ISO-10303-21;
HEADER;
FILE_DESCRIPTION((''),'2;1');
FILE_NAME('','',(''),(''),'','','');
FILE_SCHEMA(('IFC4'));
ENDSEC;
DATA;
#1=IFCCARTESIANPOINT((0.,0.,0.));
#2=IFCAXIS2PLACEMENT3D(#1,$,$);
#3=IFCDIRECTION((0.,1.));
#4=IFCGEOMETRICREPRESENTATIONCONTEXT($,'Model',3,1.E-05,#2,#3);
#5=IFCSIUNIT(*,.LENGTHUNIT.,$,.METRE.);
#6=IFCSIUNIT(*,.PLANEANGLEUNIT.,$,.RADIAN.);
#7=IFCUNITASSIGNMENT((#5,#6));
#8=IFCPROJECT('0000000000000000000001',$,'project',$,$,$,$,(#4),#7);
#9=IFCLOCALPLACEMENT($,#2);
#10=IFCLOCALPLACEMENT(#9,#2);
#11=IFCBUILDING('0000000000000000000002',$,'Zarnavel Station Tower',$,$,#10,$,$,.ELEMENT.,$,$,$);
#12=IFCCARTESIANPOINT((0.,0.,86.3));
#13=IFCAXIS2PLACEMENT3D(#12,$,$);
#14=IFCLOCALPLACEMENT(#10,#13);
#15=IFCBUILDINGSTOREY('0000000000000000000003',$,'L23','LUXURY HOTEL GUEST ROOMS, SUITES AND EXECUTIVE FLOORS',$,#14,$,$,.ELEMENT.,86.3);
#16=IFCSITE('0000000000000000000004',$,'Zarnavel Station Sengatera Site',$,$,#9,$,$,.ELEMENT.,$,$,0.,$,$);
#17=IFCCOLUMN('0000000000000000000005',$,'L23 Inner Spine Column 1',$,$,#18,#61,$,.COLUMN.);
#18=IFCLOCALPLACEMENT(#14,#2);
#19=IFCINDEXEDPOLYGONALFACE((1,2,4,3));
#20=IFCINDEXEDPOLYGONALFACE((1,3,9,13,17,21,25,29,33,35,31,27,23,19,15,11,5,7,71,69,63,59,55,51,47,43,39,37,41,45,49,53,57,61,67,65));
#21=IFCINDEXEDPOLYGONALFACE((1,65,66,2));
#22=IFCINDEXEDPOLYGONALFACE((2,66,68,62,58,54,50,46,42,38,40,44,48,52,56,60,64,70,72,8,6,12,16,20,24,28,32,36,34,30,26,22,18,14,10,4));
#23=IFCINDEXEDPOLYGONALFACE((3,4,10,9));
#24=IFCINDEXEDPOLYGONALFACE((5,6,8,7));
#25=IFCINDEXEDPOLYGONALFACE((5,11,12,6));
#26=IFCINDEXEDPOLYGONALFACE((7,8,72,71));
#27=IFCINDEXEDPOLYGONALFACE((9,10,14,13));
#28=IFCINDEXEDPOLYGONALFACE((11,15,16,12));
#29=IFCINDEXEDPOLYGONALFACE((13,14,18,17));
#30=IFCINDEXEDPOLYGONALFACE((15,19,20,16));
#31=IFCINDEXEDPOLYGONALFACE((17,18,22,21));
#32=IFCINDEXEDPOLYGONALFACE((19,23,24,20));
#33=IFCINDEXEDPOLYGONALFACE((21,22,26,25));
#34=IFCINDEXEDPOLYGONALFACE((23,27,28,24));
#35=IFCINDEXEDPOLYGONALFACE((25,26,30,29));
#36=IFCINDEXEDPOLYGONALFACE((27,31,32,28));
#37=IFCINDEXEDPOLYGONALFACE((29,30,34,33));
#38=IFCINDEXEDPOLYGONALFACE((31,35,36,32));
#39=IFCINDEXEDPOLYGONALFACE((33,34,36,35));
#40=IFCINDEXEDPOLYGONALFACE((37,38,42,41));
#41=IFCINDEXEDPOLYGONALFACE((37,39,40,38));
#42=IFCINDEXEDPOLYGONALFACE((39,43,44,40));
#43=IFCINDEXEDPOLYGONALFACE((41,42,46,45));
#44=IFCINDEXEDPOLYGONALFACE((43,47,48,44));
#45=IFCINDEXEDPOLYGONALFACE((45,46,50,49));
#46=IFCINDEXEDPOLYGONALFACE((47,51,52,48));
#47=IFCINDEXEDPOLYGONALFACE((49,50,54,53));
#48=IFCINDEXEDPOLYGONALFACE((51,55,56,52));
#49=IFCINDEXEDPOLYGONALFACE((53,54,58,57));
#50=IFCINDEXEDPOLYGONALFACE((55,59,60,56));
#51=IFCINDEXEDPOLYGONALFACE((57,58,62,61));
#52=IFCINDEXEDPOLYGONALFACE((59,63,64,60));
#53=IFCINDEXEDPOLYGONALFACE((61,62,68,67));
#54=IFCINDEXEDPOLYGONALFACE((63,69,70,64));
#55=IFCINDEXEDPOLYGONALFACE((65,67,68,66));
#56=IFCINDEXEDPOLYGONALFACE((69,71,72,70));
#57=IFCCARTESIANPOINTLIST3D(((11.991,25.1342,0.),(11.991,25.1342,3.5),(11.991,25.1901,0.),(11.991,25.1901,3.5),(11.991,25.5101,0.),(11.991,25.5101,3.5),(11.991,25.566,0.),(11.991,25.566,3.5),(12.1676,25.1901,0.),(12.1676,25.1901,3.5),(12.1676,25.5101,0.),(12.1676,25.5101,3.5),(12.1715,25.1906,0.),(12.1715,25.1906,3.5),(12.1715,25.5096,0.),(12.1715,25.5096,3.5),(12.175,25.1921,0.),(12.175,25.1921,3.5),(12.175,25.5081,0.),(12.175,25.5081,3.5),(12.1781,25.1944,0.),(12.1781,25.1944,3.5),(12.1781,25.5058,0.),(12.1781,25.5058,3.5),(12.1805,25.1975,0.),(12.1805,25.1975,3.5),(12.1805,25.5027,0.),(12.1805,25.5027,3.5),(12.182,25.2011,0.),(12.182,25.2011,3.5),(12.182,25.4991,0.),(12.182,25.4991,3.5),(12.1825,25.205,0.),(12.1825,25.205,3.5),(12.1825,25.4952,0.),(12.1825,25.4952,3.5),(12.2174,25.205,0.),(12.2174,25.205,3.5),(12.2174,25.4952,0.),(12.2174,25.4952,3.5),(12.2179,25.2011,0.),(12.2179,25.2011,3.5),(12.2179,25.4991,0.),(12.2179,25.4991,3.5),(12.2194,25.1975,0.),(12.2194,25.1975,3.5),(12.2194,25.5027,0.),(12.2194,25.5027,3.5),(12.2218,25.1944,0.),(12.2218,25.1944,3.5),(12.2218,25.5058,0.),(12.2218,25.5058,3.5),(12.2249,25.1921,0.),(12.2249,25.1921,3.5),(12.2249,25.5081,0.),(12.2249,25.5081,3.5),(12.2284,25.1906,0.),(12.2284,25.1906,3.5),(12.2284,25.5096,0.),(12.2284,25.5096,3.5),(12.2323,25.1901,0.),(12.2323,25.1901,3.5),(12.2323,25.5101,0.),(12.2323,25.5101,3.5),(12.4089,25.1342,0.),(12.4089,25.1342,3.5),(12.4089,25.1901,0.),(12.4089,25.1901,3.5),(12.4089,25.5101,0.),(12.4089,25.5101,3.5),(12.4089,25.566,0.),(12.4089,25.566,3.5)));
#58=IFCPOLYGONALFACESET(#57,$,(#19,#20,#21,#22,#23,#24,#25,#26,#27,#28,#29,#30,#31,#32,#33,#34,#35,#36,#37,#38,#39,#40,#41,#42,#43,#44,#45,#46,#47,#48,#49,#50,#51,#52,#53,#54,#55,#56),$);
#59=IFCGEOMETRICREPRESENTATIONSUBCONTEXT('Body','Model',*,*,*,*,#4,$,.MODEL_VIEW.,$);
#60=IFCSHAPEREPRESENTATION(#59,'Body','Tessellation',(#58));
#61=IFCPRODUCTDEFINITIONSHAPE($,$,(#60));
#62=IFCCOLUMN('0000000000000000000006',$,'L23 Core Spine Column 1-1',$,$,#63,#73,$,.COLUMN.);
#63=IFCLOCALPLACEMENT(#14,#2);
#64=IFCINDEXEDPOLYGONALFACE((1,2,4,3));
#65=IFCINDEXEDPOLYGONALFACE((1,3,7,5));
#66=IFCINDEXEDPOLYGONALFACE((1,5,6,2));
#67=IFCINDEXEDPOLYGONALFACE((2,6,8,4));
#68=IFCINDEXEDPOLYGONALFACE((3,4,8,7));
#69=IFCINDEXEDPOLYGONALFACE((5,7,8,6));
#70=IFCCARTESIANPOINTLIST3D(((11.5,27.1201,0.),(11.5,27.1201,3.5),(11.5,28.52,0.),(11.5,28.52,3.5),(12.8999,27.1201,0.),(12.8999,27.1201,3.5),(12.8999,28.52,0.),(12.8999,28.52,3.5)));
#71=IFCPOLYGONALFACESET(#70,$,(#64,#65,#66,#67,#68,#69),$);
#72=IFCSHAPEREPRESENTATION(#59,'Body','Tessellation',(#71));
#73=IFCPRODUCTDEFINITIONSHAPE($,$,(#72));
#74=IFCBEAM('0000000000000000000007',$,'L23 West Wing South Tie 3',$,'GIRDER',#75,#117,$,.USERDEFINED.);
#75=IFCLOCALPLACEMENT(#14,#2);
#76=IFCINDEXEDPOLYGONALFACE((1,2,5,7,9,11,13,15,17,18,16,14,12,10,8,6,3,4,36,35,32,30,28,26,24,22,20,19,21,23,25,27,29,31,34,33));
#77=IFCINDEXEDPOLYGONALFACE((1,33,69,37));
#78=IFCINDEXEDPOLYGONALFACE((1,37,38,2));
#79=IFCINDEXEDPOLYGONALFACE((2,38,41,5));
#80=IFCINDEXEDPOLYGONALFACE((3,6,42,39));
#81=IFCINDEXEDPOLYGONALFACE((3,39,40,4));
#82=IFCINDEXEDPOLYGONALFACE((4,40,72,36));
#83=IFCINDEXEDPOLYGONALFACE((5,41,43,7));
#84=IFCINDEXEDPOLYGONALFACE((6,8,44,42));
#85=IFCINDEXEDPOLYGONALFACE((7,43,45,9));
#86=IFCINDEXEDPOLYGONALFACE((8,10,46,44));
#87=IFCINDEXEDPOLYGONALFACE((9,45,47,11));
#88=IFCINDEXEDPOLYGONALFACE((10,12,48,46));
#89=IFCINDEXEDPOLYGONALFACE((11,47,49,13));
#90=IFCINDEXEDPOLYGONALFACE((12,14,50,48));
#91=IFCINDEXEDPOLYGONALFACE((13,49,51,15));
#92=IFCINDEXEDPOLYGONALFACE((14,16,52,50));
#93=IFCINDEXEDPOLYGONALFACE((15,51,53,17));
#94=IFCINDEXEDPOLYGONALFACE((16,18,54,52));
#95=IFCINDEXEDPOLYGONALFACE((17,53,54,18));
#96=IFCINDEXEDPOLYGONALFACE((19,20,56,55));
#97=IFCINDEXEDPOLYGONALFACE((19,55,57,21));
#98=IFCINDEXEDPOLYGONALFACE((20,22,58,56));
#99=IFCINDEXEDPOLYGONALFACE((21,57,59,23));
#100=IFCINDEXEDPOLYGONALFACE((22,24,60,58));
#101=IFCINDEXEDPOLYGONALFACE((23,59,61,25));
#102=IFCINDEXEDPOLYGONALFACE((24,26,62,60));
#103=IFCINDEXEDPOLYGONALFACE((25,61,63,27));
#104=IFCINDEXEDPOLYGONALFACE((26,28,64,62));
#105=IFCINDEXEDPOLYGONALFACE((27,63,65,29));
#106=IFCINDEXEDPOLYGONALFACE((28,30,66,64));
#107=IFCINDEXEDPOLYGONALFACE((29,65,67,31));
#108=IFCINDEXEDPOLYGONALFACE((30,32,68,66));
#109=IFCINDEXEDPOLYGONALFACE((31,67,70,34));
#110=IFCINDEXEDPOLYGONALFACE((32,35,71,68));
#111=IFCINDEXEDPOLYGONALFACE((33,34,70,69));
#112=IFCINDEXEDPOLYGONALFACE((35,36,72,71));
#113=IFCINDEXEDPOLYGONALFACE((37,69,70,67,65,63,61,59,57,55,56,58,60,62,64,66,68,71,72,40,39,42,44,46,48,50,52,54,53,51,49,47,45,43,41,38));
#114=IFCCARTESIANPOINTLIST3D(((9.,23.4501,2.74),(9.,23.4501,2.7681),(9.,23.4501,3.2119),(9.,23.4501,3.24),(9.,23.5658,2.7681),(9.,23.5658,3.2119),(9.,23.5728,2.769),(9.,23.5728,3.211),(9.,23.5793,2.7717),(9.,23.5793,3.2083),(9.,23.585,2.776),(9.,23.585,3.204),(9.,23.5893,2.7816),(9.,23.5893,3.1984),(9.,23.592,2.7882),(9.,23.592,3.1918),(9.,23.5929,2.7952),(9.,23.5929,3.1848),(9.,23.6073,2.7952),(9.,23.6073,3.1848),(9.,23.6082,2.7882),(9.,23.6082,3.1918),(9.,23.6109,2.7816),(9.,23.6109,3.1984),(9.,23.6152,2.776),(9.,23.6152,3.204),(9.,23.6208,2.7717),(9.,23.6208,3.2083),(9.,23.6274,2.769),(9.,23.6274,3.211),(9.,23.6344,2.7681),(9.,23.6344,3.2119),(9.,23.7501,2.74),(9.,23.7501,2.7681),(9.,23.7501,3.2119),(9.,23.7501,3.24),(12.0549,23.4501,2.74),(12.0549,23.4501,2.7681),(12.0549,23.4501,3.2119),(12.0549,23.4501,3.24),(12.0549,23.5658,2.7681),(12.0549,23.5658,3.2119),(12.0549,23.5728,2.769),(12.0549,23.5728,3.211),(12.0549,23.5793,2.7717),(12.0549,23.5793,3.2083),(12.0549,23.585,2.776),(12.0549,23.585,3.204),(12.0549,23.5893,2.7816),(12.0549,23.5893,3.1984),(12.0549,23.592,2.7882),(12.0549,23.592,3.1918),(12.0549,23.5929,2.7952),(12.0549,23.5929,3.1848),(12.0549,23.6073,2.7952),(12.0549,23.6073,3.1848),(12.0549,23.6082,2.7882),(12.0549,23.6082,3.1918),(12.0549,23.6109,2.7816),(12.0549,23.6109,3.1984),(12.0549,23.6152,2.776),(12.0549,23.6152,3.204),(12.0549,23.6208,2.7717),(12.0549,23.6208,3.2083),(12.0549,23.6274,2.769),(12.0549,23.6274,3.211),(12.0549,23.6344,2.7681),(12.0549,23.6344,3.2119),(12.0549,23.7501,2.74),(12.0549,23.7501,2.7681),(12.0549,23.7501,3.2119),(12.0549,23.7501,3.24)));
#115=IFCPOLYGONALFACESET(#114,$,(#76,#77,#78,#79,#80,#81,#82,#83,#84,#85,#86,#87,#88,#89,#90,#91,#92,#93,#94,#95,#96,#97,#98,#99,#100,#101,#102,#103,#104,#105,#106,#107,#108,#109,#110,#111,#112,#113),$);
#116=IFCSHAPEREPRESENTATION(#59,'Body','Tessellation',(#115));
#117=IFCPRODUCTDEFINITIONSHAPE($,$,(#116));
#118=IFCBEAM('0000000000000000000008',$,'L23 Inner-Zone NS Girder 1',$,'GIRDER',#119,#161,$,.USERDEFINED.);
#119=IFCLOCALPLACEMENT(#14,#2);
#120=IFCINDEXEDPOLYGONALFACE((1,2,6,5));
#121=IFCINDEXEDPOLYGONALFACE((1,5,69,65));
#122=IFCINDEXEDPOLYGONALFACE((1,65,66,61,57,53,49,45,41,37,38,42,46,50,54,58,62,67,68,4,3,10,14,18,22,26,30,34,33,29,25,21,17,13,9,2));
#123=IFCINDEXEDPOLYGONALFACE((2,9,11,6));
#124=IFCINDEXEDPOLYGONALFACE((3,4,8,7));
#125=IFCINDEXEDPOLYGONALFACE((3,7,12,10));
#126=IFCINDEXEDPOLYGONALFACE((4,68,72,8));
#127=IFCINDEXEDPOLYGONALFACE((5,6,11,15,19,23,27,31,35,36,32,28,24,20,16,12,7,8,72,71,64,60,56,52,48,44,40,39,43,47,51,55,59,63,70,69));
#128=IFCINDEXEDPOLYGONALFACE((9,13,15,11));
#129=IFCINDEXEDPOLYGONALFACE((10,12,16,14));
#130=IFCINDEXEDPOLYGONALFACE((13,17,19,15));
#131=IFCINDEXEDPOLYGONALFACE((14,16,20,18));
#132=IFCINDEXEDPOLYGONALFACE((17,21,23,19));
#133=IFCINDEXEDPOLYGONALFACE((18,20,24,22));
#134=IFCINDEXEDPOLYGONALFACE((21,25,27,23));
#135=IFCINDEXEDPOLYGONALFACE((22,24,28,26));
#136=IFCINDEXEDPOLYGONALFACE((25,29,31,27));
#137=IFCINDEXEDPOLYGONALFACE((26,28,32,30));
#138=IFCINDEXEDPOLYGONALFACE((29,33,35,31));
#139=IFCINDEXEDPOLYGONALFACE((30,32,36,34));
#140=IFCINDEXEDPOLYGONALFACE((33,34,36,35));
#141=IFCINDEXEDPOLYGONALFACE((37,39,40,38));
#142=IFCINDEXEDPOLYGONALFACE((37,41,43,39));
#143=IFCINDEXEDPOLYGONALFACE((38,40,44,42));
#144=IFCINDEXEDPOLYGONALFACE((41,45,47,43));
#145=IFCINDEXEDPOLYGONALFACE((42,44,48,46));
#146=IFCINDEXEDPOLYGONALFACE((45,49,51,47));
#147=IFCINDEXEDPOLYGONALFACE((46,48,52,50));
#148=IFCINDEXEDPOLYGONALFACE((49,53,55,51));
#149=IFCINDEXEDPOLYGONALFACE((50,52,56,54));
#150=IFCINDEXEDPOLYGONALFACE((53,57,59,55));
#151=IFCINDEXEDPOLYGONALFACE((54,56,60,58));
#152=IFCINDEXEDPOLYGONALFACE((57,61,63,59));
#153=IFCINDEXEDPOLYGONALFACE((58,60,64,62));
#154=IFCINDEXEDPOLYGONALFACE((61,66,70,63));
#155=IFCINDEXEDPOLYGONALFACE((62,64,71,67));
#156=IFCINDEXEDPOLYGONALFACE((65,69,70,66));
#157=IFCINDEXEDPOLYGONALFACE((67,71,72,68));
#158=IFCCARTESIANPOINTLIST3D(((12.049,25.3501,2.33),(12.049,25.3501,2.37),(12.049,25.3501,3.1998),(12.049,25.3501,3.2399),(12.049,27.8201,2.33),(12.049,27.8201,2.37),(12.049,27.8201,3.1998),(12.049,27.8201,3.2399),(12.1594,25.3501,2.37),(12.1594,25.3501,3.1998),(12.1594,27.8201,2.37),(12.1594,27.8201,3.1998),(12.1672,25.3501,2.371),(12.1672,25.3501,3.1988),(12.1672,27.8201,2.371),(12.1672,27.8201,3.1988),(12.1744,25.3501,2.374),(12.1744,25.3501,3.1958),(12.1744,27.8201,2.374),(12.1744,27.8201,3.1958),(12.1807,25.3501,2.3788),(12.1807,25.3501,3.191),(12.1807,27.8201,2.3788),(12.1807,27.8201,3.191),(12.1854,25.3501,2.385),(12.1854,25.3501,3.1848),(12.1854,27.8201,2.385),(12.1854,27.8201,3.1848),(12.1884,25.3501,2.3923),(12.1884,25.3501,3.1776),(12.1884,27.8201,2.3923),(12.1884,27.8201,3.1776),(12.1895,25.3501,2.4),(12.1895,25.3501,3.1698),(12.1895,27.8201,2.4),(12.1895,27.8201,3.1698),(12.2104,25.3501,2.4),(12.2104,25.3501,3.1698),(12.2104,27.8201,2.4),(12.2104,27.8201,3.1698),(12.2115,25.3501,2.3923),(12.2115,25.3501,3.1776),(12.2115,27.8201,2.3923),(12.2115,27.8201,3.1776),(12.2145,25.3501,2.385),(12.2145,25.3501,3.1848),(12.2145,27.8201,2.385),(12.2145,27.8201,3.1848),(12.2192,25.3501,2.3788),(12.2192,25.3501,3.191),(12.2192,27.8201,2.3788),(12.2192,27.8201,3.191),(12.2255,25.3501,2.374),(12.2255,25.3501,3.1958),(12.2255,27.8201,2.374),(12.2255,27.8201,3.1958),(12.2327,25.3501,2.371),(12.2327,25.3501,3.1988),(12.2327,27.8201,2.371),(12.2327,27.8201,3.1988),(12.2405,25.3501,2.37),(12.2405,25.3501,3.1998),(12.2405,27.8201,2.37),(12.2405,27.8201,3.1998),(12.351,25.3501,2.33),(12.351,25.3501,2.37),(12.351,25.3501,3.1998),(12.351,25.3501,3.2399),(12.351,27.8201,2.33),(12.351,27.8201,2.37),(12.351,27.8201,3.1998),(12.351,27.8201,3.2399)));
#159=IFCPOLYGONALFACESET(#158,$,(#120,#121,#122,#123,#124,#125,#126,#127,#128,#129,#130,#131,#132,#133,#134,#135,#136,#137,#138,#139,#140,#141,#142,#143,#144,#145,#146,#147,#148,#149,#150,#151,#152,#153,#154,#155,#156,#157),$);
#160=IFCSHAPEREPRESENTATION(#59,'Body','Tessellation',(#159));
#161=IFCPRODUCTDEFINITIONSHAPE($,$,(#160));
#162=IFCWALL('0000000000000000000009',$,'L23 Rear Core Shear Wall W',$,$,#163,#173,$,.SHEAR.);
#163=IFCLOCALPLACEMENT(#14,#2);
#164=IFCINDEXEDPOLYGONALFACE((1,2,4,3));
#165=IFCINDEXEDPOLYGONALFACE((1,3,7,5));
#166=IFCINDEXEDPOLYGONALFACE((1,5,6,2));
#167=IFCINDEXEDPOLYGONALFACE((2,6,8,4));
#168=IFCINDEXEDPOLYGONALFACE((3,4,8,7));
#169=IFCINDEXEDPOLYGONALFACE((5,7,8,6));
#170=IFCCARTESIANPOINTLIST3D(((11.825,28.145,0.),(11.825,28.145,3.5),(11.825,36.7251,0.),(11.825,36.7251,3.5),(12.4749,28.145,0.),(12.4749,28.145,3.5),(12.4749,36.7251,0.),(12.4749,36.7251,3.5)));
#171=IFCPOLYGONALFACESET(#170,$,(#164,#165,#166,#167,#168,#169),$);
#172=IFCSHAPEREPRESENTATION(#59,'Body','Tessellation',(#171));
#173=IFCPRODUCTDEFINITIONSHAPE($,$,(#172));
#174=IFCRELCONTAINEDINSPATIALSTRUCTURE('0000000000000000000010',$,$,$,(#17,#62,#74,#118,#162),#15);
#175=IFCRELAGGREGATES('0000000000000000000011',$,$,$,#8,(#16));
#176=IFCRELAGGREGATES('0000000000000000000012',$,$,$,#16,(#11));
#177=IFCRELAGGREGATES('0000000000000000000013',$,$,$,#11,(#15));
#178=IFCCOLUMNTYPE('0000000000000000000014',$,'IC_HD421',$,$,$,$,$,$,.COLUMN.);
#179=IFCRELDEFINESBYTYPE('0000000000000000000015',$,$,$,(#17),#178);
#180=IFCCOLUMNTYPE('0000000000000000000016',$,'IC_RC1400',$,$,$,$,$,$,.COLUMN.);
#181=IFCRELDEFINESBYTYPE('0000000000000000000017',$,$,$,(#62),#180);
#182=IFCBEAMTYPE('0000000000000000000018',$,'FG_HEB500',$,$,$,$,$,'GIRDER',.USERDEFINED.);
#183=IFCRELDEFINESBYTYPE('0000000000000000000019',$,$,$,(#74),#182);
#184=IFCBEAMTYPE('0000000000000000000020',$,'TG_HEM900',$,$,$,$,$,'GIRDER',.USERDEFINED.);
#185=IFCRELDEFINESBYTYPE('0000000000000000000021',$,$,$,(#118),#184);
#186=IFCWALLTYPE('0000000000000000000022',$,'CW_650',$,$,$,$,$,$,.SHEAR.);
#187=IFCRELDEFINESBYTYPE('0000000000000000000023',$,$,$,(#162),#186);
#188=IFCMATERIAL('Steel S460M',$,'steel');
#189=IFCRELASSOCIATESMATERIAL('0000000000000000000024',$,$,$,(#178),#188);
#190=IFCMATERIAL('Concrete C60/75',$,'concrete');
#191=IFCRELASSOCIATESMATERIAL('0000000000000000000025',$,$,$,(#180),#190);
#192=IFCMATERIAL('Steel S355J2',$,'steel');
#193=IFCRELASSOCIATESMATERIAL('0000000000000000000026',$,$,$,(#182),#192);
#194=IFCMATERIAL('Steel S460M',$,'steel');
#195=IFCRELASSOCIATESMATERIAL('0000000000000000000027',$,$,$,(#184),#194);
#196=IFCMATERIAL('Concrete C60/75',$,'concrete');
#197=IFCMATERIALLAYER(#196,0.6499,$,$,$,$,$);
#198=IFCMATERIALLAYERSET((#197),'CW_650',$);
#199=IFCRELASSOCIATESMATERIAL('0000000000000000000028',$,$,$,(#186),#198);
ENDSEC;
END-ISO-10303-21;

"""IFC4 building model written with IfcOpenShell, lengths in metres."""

from ifc_helpers import new_model, si_unit, direction, frame, frame_2d, origin, origin_2d, place, context, subcontext, project, spatial, rectangle, i_section, extrude, material, layer, layer_set, material_profile, profile_set, type_object, element, save


model = new_model("IFC4")

# Units and contexts
model_context = context("Model", 3, precision=1e-05, world=origin(), true_north=direction((0.0, 1.0)))
body_context = subcontext(model_context, "Body", "Model", "MODEL_VIEW")
ifc_project = project(units=[si_unit("LENGTHUNIT", "METRE"), si_unit("PLANEANGLEUNIT", "RADIAN")], contexts=[model_context])

# Site, building, storey
site_placement = place(None, origin())
site = spatial("IfcSite", under=ifc_project, at=site_placement, Name="Zarnavel Station Sengatera Site", CompositionType="ELEMENT", RefElevation=0.0)
building_placement = place(site_placement, origin())
building = spatial("IfcBuilding", under=site, at=building_placement, Name="Zarnavel Station Tower", CompositionType="ELEMENT")
storey_placement = place(building_placement, frame((0.0, 0.0, 86.3)))
storey = spatial("IfcBuildingStorey", under=building, at=storey_placement, Name="L23", Description="LUXURY HOTEL GUEST ROOMS, SUITES AND EXECUTIVE FLOORS", CompositionType="ELEMENT", Elevation=86.3)

# Columns
ifc_material_1 = material(Name="Steel S460M", Category="steel")
ifc_material_profile_1 = material_profile(ifc_material_1, i_section(OverallWidth=0.418, OverallDepth=0.4319, WebThickness=0.0349, FlangeThickness=0.0559, FilletRadius=0.0149, at=origin_2d()), Name="HD400x421")
ifc_profile_set_1 = profile_set([ifc_material_profile_1], Name="Steel S460M")
column_type_1 = type_object("IfcColumnType", Name="IC_HD421", PredefinedType="COLUMN", material=ifc_profile_set_1)
column_1_placement = place(storey_placement, frame((12.2, 25.3501, 0.0), z_axis=(0.0, 0.0, 1.0), x_axis=(1.0, 0.0, 0.0)))
element("IfcColumn", 1, at=column_1_placement, inside=storey, type_object=column_type_1, Name="L23 Inner Spine Column 1", PredefinedType="COLUMN", context=body_context, shape_type="SweptSolid", body=[
    extrude(i_section(OverallWidth=0.418, OverallDepth=0.4319, WebThickness=0.0349, FlangeThickness=0.0559, FilletRadius=0.0149, at=origin_2d()), origin(), (0.0, 0.0, 1.0), 3.5),
])
ifc_material_2 = material(Name="Concrete C60/75", Category="concrete")
ifc_material_profile_2 = material_profile(ifc_material_2, rectangle(XDim=1.3999, YDim=1.3999, at=origin_2d()), Name="RC1400x1400")
ifc_profile_set_2 = profile_set([ifc_material_profile_2], Name="Concrete C60/75")
column_type_2 = type_object("IfcColumnType", Name="IC_RC1400", PredefinedType="COLUMN", material=ifc_profile_set_2)
column_2_placement = place(storey_placement, frame((12.2, 27.8201, 0.0), z_axis=(0.0, 0.0, 1.0), x_axis=(1.0, 0.0, 0.0)))
element("IfcColumn", 2, at=column_2_placement, inside=storey, type_object=column_type_2, Name="L23 Core Spine Column 1-1", PredefinedType="COLUMN", context=body_context, shape_type="SweptSolid", body=[
    extrude(rectangle(XDim=1.3999, YDim=1.3999, at=origin_2d()), origin(), (0.0, 0.0, 1.0), 3.5),
])

# Beams
ifc_material_3 = material(Name="Steel S355J2", Category="steel")
ifc_material_profile_3 = material_profile(ifc_material_3, i_section(OverallWidth=0.3, OverallDepth=0.5, WebThickness=0.0144, FlangeThickness=0.0281, FilletRadius=0.0271, at=origin_2d()), Name="HEB500")
ifc_profile_set_3 = profile_set([ifc_material_profile_3], Name="Steel S355J2")
beam_type_1 = type_object("IfcBeamType", Name="FG_HEB500", ElementType="GIRDER", PredefinedType="USERDEFINED", material=ifc_profile_set_3)
beam_1_placement = place(storey_placement, frame((9.0, 23.6001, 2.99), z_axis=(1.0, 0.0, 0.0), x_axis=(0.0, 1.0, 0.0)))
element("IfcBeam", 3, at=beam_1_placement, inside=storey, type_object=beam_type_1, Name="L23 West Wing South Tie 3", ObjectType="GIRDER", PredefinedType="USERDEFINED", context=body_context, shape_type="SweptSolid", body=[
    extrude(i_section(OverallWidth=0.3, OverallDepth=0.5, WebThickness=0.0144, FlangeThickness=0.0281, FilletRadius=0.0271, at=origin_2d()), origin(), (0.0, 0.0, 1.0), 3.0549),
])
ifc_material_4 = material(Name="Steel S460M", Category="steel")
ifc_material_profile_4 = material_profile(ifc_material_4, i_section(OverallWidth=0.302, OverallDepth=0.9099, WebThickness=0.021, FlangeThickness=0.04, FilletRadius=0.03, at=origin_2d()), Name="HEM900")
ifc_profile_set_4 = profile_set([ifc_material_profile_4], Name="Steel S460M")
beam_type_2 = type_object("IfcBeamType", Name="TG_HEM900", ElementType="GIRDER", PredefinedType="USERDEFINED", material=ifc_profile_set_4)
beam_2_placement = place(storey_placement, frame((12.2, 25.3501, 2.7849), z_axis=(0.0, 1.0, 0.0), x_axis=(-1.0, 0.0, 0.0)))
element("IfcBeam", 4, at=beam_2_placement, inside=storey, type_object=beam_type_2, Name="L23 Inner-Zone NS Girder 1", ObjectType="GIRDER", PredefinedType="USERDEFINED", context=body_context, shape_type="SweptSolid", body=[
    extrude(i_section(OverallWidth=0.302, OverallDepth=0.9099, WebThickness=0.021, FlangeThickness=0.04, FilletRadius=0.03, at=origin_2d()), origin(), (0.0, 0.0, 1.0), 2.47),
])

# Wall
ifc_material_5 = material(Name="Concrete C60/75", Category="concrete")
ifc_layer_1 = layer(ifc_material_5, 0.6499)
ifc_layer_set_1 = layer_set([ifc_layer_1], Name="CW_650")
wall_type_1 = type_object("IfcWallType", Name="CW_650", PredefinedType="SHEAR", material=ifc_layer_set_1)
wall_1_placement = place(storey_placement, frame((12.1499, 28.145, 0.0), z_axis=(0.0, 0.0, 1.0), x_axis=(0.0, 1.0, 0.0)))
element("IfcWall", 5, at=wall_1_placement, inside=storey, type_object=wall_type_1, Name="L23 Rear Core Shear Wall W", PredefinedType="SHEAR", context=body_context, shape_type="SweptSolid", body=[
    extrude(rectangle(XDim=8.5801, YDim=0.6499, at=frame_2d((4.29, 0.0))), origin(), (0.0, 0.0, 1.0), 3.5),
])

save(model, "model.ifc")
